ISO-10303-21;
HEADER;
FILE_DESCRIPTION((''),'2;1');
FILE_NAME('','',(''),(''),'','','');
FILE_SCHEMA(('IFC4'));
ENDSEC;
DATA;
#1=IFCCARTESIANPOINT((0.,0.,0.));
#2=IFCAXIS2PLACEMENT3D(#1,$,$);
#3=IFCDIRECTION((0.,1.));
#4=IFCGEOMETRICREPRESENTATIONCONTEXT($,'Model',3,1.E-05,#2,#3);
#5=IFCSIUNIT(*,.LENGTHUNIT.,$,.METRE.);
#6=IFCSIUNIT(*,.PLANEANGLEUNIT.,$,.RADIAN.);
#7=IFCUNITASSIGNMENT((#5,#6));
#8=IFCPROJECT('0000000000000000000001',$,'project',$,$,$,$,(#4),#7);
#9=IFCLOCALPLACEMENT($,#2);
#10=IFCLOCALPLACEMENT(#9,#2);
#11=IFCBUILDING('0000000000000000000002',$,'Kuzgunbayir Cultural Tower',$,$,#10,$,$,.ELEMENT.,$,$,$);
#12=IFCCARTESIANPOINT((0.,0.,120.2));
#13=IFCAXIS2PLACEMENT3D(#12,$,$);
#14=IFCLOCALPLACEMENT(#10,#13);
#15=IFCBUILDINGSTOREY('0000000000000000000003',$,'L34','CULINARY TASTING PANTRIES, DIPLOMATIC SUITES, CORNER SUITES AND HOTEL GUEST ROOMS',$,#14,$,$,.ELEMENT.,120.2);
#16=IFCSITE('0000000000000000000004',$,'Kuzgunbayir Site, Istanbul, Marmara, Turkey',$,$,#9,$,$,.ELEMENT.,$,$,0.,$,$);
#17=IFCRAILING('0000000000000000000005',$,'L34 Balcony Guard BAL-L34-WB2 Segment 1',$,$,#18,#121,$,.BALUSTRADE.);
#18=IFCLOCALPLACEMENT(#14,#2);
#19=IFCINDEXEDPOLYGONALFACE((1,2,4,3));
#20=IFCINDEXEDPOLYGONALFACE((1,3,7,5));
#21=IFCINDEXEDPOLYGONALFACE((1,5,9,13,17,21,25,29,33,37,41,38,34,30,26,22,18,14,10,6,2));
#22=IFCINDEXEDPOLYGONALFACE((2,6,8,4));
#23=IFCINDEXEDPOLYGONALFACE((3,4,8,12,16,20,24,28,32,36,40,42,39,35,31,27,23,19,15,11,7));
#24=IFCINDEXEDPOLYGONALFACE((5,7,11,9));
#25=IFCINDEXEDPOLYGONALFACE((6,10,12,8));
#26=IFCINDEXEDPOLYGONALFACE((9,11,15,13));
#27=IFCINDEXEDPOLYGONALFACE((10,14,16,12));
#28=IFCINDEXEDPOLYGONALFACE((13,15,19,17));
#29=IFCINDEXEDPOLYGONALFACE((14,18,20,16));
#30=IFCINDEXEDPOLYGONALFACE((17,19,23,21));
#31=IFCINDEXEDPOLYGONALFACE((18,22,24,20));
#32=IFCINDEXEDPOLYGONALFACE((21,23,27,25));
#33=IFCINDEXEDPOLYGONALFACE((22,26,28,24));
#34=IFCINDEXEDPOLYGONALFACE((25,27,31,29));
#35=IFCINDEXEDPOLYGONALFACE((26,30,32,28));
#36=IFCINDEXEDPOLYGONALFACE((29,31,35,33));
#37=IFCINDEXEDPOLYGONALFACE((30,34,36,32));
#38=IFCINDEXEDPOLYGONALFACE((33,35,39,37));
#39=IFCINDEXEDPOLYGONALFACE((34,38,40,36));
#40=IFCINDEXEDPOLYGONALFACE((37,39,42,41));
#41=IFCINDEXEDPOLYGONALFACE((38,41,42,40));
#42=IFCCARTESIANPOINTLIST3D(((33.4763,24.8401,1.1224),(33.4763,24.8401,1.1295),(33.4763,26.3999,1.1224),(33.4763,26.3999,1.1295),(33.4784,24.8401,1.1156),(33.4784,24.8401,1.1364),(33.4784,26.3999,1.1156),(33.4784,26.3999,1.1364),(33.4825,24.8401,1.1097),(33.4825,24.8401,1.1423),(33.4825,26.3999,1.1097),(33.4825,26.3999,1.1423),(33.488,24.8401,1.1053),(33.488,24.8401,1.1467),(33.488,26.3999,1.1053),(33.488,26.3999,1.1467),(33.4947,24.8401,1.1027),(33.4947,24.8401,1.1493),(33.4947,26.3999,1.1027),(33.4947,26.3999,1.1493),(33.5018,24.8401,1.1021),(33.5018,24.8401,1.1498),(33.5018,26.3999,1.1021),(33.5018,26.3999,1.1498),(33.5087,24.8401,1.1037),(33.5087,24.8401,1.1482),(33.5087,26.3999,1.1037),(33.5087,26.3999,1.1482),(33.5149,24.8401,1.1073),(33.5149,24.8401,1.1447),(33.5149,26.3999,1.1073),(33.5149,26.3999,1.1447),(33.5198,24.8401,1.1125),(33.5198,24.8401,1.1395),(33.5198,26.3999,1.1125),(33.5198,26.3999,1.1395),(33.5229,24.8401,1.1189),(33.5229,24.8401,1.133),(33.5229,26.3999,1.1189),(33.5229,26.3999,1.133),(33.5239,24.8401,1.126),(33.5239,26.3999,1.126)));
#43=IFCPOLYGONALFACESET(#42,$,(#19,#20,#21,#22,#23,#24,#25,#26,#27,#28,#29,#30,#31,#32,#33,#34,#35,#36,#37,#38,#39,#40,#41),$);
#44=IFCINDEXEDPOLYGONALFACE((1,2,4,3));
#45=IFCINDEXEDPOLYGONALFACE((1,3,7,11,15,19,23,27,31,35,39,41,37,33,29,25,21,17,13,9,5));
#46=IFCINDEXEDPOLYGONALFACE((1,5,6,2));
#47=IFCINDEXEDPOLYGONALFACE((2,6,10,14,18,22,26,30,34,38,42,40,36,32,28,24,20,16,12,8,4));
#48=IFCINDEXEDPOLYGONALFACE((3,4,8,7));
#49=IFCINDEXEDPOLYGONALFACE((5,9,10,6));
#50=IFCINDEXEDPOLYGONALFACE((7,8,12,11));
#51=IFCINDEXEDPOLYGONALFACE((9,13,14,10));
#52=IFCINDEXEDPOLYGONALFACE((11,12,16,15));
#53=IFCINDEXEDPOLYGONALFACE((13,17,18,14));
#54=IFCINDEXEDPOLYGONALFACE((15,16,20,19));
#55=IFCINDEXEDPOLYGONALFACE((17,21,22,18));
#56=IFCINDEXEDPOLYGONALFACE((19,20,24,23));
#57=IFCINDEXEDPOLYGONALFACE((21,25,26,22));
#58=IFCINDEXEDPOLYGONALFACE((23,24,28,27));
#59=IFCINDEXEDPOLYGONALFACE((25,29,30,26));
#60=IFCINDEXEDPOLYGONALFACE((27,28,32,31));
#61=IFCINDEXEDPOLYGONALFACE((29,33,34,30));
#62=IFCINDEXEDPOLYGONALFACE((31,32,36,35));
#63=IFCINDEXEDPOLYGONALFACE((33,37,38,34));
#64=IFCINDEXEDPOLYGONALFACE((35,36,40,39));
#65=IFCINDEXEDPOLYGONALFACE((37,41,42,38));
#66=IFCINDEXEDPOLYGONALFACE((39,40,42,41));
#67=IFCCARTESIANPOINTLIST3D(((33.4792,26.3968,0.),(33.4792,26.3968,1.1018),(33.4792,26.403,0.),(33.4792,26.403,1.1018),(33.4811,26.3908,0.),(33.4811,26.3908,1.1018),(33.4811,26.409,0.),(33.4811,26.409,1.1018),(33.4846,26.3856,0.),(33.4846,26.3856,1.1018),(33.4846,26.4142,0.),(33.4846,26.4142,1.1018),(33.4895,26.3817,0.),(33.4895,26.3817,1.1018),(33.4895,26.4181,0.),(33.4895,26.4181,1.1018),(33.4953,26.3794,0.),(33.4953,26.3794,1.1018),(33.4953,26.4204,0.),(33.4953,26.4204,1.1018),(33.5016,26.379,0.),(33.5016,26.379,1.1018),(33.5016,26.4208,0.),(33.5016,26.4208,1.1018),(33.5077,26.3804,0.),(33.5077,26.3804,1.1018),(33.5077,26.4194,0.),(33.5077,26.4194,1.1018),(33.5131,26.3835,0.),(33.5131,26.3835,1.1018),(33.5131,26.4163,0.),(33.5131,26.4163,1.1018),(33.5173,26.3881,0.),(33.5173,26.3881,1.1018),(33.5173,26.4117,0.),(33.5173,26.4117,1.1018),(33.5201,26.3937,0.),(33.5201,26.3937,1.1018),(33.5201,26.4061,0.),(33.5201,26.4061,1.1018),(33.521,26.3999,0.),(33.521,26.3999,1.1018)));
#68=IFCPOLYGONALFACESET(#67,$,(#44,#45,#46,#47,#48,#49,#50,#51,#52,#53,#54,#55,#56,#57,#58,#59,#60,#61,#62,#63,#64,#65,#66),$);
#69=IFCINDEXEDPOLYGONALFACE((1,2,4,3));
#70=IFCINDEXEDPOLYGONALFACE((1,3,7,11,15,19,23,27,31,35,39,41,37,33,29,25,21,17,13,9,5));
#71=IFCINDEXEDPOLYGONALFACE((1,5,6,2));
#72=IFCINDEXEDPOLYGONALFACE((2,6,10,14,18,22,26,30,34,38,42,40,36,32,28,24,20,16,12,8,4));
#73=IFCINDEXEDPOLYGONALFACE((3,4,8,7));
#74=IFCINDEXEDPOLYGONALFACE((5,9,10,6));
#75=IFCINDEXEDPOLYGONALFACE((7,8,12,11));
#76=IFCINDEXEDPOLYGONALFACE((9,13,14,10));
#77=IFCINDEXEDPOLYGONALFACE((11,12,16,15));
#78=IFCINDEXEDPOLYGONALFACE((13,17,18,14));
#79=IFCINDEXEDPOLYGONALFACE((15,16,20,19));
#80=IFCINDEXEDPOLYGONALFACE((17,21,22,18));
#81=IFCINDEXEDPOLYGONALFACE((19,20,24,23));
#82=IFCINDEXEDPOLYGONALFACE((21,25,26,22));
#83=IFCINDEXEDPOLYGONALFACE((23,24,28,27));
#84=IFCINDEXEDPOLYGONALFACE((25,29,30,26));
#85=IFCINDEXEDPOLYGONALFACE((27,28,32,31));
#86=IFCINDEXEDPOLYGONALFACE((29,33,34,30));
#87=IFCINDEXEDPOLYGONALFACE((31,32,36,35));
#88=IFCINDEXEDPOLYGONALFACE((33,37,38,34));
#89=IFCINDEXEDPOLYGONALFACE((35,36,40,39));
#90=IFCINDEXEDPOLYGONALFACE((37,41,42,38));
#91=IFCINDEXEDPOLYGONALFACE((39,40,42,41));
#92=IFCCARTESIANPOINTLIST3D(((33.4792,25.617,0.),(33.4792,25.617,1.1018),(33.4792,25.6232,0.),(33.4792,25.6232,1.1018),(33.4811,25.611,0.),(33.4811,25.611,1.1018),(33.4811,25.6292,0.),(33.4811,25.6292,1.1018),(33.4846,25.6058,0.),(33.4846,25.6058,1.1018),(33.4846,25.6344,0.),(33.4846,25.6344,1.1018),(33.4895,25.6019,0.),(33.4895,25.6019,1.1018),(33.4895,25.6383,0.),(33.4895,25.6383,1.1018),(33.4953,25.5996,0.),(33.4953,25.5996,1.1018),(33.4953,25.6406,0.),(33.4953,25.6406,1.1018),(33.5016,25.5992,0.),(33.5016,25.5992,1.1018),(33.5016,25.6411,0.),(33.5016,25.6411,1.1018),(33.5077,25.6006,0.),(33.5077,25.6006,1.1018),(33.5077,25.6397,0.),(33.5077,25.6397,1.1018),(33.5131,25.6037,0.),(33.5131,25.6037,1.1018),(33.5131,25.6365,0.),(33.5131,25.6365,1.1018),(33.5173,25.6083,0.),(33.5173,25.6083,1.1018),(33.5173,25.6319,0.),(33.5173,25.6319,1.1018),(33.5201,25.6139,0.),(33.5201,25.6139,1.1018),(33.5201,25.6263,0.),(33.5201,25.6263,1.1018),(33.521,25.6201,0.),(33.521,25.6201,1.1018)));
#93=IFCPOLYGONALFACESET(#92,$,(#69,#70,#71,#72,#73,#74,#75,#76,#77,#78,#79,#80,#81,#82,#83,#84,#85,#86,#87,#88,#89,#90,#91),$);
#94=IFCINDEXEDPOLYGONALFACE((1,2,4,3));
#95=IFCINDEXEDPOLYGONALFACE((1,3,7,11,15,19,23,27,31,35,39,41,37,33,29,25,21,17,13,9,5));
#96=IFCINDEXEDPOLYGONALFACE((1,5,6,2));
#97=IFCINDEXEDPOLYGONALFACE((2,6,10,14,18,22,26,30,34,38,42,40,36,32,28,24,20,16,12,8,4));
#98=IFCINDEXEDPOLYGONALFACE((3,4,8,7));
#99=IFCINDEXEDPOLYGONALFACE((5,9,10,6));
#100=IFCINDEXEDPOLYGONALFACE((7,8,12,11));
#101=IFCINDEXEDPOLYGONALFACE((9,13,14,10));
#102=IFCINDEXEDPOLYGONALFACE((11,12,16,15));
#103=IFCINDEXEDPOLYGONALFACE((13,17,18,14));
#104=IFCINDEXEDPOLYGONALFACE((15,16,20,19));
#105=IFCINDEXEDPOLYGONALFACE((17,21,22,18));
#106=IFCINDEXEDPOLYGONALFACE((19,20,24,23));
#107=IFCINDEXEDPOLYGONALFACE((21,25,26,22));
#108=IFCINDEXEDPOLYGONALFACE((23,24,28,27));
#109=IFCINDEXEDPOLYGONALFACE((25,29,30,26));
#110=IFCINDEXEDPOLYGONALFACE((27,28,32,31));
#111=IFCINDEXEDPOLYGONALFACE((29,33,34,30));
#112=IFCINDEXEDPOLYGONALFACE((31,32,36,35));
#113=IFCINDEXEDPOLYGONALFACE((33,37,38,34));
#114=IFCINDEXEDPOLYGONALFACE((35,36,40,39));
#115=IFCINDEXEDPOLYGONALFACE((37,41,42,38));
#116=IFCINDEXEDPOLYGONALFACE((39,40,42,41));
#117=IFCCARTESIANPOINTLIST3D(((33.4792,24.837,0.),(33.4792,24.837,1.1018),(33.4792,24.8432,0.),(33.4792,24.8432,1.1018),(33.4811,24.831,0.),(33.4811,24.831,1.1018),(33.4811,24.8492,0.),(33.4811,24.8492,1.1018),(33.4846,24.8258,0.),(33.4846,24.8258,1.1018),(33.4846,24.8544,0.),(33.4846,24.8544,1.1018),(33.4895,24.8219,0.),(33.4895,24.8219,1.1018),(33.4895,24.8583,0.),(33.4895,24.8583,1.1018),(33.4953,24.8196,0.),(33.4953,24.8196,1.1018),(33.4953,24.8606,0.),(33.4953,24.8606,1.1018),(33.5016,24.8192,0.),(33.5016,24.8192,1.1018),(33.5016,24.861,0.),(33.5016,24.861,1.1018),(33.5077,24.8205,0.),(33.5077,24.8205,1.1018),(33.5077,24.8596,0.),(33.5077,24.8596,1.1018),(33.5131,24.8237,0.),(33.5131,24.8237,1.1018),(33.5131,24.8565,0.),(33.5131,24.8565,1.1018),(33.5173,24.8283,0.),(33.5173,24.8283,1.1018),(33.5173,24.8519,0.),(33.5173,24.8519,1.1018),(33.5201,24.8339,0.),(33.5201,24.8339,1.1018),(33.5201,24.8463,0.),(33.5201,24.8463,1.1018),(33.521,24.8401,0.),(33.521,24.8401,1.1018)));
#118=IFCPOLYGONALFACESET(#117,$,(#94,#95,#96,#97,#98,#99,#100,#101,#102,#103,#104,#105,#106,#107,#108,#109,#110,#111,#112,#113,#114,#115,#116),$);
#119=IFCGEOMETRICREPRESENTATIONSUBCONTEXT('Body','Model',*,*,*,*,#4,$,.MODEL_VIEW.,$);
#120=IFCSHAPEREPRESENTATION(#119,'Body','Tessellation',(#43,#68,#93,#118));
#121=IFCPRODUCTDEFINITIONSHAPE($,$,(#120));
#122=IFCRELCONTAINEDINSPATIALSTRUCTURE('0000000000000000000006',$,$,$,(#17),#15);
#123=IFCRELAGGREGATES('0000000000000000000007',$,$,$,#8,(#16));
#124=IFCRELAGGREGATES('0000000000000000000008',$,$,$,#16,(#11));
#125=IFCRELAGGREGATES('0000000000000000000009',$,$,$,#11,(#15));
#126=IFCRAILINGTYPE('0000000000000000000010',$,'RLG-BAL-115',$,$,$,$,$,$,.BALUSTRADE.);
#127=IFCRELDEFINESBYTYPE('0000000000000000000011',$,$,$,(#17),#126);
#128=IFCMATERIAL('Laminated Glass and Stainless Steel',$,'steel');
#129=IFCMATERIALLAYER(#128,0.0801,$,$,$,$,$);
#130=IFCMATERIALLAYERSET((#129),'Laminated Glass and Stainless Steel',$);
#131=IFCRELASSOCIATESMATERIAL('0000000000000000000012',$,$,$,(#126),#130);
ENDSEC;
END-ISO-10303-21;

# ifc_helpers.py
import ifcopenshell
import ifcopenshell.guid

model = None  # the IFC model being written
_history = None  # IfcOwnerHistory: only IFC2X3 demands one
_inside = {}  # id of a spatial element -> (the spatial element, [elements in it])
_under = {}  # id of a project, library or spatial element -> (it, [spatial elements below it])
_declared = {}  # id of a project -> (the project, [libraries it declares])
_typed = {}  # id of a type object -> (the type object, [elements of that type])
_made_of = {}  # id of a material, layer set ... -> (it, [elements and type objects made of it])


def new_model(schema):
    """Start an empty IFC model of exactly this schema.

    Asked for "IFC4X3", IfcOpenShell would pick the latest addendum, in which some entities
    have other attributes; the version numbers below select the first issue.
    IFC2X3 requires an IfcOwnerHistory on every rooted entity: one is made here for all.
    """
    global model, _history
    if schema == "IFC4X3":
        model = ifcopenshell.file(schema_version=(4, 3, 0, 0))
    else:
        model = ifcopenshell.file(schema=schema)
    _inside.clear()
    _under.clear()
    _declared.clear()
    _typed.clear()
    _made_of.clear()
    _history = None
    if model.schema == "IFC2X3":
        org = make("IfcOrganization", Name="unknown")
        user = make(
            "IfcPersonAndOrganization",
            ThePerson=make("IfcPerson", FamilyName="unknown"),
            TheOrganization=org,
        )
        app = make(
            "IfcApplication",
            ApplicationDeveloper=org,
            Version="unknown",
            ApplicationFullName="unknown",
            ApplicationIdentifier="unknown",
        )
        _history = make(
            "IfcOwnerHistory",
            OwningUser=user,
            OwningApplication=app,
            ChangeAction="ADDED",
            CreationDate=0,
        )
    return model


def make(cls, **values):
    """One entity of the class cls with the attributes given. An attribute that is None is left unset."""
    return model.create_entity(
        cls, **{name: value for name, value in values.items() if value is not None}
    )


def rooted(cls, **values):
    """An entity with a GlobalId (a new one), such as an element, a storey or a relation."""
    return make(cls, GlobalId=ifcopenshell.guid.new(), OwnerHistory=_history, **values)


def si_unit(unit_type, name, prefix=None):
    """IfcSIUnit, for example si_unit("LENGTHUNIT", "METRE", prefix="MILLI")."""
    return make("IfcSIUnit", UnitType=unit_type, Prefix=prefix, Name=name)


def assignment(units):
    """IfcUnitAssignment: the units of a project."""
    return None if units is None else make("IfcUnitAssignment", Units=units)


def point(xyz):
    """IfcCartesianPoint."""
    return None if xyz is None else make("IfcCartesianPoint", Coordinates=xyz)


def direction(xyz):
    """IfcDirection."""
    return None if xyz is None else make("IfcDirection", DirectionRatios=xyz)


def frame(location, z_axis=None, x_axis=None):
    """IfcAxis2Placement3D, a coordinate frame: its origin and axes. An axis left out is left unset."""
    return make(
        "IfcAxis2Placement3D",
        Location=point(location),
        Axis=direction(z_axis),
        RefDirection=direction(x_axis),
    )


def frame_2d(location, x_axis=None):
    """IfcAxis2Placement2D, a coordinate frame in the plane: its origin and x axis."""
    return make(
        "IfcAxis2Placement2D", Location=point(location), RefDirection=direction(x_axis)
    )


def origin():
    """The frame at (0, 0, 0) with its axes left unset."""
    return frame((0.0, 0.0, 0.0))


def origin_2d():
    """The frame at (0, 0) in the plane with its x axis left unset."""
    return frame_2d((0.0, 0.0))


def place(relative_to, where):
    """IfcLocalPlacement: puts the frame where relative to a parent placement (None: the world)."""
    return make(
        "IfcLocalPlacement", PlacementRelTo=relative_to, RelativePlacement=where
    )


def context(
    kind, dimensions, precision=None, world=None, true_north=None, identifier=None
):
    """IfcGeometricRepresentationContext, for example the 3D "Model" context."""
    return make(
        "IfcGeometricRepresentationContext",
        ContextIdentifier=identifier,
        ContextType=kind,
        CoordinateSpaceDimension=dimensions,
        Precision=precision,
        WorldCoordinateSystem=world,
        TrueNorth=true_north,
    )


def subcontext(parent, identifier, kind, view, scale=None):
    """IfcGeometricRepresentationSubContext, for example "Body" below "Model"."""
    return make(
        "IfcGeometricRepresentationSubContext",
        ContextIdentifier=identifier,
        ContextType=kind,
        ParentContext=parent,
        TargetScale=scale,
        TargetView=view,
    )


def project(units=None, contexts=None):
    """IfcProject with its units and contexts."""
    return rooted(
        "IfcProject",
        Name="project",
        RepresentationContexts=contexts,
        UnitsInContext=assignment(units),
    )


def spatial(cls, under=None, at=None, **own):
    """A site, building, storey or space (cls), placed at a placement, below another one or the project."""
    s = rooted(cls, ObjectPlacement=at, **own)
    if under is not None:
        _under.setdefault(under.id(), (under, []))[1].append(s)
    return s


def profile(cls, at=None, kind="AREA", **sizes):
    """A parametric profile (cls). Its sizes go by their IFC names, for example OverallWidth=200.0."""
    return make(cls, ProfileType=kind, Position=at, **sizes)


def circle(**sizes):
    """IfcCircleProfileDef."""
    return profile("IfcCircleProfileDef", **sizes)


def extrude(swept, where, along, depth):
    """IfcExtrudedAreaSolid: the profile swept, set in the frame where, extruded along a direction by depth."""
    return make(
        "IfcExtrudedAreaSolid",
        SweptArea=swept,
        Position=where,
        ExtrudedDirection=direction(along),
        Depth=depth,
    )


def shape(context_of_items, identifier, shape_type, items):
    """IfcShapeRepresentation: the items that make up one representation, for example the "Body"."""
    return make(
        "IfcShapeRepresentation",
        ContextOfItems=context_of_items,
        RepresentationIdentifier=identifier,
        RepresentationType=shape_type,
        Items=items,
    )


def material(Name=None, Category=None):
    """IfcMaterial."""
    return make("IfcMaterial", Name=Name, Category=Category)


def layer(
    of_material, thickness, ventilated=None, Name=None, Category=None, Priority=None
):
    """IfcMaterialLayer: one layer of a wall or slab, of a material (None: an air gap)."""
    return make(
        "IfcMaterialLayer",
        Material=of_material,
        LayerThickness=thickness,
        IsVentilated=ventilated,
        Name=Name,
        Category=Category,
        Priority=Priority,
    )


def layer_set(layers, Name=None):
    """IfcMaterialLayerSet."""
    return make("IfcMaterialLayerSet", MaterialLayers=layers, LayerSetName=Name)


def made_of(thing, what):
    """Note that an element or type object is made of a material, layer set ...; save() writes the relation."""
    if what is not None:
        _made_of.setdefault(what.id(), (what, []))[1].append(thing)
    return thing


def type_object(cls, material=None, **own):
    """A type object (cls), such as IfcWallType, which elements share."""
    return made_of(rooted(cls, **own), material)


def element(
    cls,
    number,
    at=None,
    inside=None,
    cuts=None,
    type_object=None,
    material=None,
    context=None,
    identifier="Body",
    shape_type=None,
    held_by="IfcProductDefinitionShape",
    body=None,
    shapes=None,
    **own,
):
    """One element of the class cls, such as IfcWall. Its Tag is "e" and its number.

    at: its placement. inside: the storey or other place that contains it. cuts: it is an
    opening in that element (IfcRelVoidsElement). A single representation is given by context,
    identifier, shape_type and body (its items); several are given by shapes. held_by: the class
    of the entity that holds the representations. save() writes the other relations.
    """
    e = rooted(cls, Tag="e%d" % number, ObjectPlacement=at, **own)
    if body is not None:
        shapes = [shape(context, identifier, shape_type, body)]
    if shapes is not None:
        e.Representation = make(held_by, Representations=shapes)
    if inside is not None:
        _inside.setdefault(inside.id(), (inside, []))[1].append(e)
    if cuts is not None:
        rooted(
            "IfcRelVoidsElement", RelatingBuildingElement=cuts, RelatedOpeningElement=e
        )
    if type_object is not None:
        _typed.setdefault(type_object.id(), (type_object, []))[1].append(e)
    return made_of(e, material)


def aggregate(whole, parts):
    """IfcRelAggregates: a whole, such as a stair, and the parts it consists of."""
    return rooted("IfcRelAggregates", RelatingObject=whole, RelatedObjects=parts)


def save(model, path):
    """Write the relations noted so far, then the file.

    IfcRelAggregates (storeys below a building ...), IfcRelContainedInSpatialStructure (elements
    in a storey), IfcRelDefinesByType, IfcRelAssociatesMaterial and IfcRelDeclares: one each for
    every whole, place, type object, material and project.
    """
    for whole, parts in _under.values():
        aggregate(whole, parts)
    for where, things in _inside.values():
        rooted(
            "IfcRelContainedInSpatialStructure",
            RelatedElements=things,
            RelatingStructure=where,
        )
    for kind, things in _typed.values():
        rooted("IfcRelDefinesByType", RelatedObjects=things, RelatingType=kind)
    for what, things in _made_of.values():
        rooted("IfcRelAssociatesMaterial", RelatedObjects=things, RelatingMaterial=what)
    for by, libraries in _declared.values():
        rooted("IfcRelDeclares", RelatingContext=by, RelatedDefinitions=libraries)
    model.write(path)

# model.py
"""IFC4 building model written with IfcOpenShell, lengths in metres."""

from ifc_helpers import new_model, si_unit, direction, frame, origin, origin_2d, place, context, subcontext, project, spatial, circle, extrude, material, layer, layer_set, type_object, element, save


model = new_model("IFC4")

# Units and contexts
model_context = context("Model", 3, precision=1e-05, world=origin(), true_north=direction((0.0, 1.0)))
body_context = subcontext(model_context, "Body", "Model", "MODEL_VIEW")
ifc_project = project(units=[si_unit("LENGTHUNIT", "METRE"), si_unit("PLANEANGLEUNIT", "RADIAN")], contexts=[model_context])

# Site, building, storey
site_placement = place(None, origin())
site = spatial("IfcSite", under=ifc_project, at=site_placement, Name="Kuzgunbayir Site, Istanbul, Marmara, Turkey", CompositionType="ELEMENT", RefElevation=0.0)
building_placement = place(site_placement, origin())
building = spatial("IfcBuilding", under=site, at=building_placement, Name="Kuzgunbayir Cultural Tower", CompositionType="ELEMENT")
storey_placement = place(building_placement, frame((0.0, 0.0, 120.2)))
storey = spatial("IfcBuildingStorey", under=building, at=storey_placement, Name="L34", Description="CULINARY TASTING PANTRIES, DIPLOMATIC SUITES, CORNER SUITES AND HOTEL GUEST ROOMS", CompositionType="ELEMENT", Elevation=120.2)

# Railing
ifc_material_1 = material(Name="Laminated Glass and Stainless Steel", Category="steel")
ifc_layer_1 = layer(ifc_material_1, 0.0801)
ifc_layer_set_1 = layer_set([ifc_layer_1], Name="Laminated Glass and Stainless Steel")
railing_type = type_object("IfcRailingType", Name="RLG-BAL-115", PredefinedType="BALUSTRADE", material=ifc_layer_set_1)
railing_1_placement = place(storey_placement, frame((33.5, 26.3999, 0.0)))
element("IfcRailing", 1, at=railing_1_placement, inside=storey, type_object=railing_type, Name="L34 Balcony Guard BAL-L34-WB2 Segment 1", PredefinedType="BALUSTRADE", context=body_context, shape_type="SweptSolid", body=[
    extrude(circle(Radius=0.0239, at=origin_2d()), frame((0.0, 0.0, 1.126), z_axis=(0.0, -1.0, 0.0), x_axis=(1.0, 0.0, 0.0)), (0.0, 0.0, 1.0), 1.5598),
    extrude(circle(Radius=0.021, at=origin_2d()), origin(), (0.0, 0.0, 1.0), 1.1018),
    extrude(circle(Radius=0.021, at=origin_2d()), frame((0.0, -0.7798, 0.0)), (0.0, 0.0, 1.0), 1.1018),
    extrude(circle(Radius=0.021, at=origin_2d()), frame((0.0, -1.5598, 0.0)), (0.0, 0.0, 1.0), 1.1018),
])

save(model, "model.ifc")
